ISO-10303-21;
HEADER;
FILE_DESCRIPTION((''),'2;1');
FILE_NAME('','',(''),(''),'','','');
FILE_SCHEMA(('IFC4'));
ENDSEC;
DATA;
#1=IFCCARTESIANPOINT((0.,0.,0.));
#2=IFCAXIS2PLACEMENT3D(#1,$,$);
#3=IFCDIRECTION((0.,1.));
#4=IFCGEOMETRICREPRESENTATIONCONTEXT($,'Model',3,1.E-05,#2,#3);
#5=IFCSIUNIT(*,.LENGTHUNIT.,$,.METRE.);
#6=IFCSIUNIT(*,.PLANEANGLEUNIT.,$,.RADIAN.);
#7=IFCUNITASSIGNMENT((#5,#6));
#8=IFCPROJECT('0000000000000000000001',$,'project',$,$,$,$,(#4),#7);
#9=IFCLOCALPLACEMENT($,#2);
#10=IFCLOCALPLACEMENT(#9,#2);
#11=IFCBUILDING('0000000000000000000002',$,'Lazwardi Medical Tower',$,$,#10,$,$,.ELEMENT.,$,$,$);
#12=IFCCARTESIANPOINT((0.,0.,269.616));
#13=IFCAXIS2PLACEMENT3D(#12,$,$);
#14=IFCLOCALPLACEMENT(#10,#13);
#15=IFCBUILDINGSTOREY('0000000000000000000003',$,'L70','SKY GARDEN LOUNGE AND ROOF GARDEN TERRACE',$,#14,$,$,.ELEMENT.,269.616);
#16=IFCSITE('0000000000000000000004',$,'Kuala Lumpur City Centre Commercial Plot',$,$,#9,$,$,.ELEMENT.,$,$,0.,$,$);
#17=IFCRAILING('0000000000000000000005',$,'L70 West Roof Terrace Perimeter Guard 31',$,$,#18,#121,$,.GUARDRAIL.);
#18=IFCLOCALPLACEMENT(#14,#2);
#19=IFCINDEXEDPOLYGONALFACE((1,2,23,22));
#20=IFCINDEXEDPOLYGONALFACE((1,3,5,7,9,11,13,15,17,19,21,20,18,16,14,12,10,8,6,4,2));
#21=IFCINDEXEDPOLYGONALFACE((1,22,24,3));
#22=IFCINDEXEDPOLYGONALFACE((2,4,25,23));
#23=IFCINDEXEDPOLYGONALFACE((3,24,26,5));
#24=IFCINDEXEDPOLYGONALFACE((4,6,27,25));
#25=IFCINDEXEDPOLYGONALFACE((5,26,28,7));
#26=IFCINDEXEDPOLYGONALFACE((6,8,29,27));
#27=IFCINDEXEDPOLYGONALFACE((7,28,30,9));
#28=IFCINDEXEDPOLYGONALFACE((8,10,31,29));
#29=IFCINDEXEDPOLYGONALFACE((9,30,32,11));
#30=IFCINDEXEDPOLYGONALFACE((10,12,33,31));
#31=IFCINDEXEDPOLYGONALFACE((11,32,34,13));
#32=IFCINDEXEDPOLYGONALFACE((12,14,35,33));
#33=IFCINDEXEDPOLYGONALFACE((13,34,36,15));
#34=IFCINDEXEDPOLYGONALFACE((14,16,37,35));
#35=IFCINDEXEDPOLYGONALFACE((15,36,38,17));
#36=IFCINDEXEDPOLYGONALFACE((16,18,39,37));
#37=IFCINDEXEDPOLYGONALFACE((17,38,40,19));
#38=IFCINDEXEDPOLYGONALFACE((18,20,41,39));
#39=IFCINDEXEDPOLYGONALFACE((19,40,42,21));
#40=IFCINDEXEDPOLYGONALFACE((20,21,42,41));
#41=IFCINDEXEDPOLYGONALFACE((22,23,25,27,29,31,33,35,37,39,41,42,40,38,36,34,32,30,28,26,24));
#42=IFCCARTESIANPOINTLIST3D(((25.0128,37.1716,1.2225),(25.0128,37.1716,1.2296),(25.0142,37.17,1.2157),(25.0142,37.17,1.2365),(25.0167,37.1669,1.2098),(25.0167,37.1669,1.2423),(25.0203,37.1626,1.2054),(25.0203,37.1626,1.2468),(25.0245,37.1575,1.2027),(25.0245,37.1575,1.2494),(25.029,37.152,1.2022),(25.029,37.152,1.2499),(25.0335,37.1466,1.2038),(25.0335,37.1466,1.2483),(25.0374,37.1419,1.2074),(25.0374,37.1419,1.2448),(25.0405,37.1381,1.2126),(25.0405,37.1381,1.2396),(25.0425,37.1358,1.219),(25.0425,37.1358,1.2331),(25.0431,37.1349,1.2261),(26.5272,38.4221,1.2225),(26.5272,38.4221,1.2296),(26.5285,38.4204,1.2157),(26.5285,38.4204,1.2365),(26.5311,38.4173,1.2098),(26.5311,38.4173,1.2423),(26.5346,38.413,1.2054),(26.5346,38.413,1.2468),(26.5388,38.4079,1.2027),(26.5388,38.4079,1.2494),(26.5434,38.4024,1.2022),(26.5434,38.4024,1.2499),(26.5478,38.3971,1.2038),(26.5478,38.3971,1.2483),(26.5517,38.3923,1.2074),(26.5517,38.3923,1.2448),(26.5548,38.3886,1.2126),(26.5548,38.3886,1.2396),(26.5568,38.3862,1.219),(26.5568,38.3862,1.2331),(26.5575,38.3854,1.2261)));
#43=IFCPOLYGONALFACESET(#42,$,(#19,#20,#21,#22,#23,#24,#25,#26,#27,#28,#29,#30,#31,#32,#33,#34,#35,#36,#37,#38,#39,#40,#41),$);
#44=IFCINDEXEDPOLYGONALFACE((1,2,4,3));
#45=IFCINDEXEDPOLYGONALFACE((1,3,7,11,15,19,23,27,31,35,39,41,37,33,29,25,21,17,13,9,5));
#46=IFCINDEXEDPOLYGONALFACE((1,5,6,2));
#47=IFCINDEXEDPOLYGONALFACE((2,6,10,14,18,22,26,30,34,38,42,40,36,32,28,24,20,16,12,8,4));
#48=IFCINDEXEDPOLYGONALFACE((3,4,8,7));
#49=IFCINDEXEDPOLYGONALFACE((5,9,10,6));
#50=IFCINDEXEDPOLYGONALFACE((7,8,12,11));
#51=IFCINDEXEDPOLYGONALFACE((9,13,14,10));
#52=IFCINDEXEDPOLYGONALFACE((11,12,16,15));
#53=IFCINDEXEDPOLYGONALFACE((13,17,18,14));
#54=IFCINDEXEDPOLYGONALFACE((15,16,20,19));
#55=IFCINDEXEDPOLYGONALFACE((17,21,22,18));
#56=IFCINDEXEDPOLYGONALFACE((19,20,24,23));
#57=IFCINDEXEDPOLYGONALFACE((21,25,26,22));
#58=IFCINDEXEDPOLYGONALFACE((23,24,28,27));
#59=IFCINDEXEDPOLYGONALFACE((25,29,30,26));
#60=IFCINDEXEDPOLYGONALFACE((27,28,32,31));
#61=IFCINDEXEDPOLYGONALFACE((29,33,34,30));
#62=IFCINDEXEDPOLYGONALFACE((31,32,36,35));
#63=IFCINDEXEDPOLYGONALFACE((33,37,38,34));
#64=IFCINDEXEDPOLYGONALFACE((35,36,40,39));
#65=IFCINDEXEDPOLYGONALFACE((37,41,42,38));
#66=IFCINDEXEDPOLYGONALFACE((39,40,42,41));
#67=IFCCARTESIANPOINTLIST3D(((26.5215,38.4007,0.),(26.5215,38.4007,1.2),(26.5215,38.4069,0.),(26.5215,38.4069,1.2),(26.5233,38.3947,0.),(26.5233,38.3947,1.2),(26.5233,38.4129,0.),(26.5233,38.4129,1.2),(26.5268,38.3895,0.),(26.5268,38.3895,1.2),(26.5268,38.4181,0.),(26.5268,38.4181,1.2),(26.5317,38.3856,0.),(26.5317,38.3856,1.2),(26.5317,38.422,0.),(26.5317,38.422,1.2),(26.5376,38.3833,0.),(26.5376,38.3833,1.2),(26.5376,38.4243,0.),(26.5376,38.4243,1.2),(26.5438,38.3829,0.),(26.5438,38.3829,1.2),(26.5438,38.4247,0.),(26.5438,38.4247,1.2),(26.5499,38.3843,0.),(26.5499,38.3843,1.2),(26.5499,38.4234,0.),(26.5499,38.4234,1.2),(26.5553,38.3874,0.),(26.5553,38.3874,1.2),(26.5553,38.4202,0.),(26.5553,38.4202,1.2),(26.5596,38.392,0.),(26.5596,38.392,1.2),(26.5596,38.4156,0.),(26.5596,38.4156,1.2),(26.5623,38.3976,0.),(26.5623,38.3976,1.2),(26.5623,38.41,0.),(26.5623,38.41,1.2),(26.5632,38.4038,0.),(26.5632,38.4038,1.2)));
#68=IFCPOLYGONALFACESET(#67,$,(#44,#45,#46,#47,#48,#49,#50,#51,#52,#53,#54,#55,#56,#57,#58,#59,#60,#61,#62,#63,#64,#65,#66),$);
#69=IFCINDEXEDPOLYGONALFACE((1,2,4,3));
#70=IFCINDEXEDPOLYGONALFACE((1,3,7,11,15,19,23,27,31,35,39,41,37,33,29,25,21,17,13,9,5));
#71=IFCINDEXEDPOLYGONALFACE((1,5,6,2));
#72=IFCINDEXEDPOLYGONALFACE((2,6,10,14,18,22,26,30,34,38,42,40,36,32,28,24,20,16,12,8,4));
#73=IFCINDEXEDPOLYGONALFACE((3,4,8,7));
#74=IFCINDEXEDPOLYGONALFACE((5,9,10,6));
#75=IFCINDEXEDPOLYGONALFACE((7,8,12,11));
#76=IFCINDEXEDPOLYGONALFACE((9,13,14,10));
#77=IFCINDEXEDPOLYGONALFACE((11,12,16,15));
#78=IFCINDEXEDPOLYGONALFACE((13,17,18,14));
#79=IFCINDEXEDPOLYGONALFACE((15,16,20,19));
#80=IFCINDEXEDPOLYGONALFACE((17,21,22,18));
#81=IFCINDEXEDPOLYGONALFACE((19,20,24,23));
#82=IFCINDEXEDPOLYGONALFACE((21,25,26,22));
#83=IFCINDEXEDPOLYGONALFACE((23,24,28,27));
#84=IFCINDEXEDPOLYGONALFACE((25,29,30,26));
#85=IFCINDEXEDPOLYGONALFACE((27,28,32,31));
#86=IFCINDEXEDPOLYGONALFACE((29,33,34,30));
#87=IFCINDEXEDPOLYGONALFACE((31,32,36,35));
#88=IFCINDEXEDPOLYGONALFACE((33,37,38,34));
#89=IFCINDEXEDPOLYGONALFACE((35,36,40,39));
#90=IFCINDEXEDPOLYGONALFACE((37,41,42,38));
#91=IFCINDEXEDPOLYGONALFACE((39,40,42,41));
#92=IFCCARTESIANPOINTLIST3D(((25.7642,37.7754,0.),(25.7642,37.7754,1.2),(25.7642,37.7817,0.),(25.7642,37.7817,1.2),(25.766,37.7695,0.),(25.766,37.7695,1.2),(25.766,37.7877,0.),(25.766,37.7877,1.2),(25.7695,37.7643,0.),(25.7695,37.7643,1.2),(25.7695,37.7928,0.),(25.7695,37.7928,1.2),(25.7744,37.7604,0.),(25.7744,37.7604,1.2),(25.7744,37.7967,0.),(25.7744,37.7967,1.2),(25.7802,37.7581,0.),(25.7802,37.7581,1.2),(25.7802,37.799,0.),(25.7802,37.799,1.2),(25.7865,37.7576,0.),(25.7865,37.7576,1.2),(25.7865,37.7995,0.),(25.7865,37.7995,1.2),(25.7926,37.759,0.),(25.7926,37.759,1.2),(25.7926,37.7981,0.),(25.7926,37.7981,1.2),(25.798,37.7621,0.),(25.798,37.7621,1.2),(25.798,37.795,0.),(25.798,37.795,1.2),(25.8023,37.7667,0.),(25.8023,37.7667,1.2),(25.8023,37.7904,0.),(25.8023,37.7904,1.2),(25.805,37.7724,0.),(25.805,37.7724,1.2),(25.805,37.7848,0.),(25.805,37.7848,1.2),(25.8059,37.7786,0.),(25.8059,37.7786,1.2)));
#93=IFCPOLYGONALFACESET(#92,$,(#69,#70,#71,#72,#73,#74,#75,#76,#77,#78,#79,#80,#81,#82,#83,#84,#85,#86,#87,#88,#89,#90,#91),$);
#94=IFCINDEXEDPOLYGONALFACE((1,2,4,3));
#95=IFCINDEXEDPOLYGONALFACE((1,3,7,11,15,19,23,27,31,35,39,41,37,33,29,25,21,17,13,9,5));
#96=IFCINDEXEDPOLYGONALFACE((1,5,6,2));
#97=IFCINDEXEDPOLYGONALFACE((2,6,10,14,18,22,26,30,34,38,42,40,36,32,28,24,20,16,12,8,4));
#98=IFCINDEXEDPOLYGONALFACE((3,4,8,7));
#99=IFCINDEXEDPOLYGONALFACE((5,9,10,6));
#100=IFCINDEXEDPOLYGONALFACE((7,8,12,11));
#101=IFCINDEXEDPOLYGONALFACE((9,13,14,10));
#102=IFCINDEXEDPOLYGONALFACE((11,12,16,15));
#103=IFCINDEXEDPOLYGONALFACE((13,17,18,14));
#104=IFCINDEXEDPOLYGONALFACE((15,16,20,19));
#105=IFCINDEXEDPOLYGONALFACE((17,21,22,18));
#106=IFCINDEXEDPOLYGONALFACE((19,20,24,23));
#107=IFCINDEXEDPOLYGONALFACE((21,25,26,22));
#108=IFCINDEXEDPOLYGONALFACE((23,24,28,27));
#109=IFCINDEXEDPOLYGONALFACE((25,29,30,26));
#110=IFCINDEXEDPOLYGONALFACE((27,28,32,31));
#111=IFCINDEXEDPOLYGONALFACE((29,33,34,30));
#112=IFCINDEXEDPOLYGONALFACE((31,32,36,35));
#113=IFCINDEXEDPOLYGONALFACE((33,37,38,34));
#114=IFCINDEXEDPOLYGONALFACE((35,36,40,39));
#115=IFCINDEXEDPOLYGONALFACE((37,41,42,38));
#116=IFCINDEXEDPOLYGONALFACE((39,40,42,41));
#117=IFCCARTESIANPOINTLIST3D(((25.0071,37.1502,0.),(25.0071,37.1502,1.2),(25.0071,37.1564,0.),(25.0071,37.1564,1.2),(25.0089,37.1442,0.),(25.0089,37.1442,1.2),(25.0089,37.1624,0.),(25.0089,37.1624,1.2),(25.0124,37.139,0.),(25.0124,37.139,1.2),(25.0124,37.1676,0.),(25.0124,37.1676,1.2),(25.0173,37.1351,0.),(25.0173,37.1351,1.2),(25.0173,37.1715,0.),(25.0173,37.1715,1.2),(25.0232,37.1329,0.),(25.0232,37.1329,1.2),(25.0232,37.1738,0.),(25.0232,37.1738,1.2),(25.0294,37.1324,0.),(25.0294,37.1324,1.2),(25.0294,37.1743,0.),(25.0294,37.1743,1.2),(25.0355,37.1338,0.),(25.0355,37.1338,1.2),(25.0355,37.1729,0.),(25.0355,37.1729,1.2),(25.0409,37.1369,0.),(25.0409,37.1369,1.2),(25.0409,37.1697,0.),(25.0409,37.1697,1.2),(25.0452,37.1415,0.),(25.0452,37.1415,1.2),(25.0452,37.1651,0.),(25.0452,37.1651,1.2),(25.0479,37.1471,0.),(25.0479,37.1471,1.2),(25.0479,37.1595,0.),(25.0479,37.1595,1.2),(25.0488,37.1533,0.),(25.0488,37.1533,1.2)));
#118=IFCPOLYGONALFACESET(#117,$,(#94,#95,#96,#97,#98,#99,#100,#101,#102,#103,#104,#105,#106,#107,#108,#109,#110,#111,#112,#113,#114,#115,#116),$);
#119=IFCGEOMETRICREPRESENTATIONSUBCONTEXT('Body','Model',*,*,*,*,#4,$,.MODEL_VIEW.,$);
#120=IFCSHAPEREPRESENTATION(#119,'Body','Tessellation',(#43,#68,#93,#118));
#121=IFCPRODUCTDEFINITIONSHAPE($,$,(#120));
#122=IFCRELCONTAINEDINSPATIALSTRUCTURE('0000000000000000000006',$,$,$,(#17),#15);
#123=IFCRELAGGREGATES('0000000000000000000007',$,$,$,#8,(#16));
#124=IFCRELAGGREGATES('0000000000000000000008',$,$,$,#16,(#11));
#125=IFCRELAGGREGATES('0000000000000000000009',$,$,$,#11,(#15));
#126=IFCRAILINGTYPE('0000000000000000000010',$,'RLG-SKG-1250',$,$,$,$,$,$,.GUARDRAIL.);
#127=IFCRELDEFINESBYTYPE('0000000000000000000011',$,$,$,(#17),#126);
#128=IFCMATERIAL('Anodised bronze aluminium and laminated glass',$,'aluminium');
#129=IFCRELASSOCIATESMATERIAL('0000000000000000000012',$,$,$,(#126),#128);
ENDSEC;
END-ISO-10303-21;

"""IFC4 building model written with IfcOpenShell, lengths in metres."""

from ifc_helpers import new_model, si_unit, direction, frame, origin, origin_2d, place, context, subcontext, project, spatial, circle, extrude, material, type_object, element, save


model = new_model("IFC4")

# Units and contexts
model_context = context("Model", 3, precision=1e-05, world=origin(), true_north=direction((0.0, 1.0)))
body_context = subcontext(model_context, "Body", "Model", "MODEL_VIEW")
ifc_project = project(units=[si_unit("LENGTHUNIT", "METRE"), si_unit("PLANEANGLEUNIT", "RADIAN")], contexts=[model_context])

# Site, building, storey
site_placement = place(None, origin())
site = spatial("IfcSite", under=ifc_project, at=site_placement, Name="Kuala Lumpur City Centre Commercial Plot", CompositionType="ELEMENT", RefElevation=0.0)
building_placement = place(site_placement, origin())
building = spatial("IfcBuilding", under=site, at=building_placement, Name="Lazwardi Medical Tower", CompositionType="ELEMENT")
storey_placement = place(building_placement, frame((0.0, 0.0, 269.616)))
storey = spatial("IfcBuildingStorey", under=building, at=storey_placement, Name="L70", Description="SKY GARDEN LOUNGE AND ROOF GARDEN TERRACE", CompositionType="ELEMENT", Elevation=269.616)

# Railing
ifc_material_1 = material(Name="Anodised bronze aluminium and laminated glass", Category="aluminium")
railing_type = type_object("IfcRailingType", Name="RLG-SKG-1250", PredefinedType="GUARDRAIL", material=ifc_material_1)
railing_1_placement = place(storey_placement, frame((26.5422, 38.4038, 0.0)))
element("IfcRailing", 1, at=railing_1_placement, inside=storey, type_object=railing_type, Name="L70 West Roof Terrace Perimeter Guard 31", PredefinedType="GUARDRAIL", context=body_context, shape_type="SweptSolid", body=[
    extrude(circle(Radius=0.0239, at=origin_2d()), frame((0.0, 0.0, 1.2261), z_axis=(-0.771097, -0.636718, 0.0), x_axis=(0.636718, -0.771097, 0.0)), (0.0, 0.0, 1.0), 1.9639),
    extrude(circle(Radius=0.021, at=origin_2d()), origin(), (0.0, 0.0, 1.0), 1.2),
    extrude(circle(Radius=0.021, at=origin_2d()), frame((-0.7573, -0.6252, 0.0)), (0.0, 0.0, 1.0), 1.2),
    extrude(circle(Radius=0.021, at=origin_2d()), frame((-1.5144, -1.2505, 0.0)), (0.0, 0.0, 1.0), 1.2),
])

save(model, "model.ifc")
